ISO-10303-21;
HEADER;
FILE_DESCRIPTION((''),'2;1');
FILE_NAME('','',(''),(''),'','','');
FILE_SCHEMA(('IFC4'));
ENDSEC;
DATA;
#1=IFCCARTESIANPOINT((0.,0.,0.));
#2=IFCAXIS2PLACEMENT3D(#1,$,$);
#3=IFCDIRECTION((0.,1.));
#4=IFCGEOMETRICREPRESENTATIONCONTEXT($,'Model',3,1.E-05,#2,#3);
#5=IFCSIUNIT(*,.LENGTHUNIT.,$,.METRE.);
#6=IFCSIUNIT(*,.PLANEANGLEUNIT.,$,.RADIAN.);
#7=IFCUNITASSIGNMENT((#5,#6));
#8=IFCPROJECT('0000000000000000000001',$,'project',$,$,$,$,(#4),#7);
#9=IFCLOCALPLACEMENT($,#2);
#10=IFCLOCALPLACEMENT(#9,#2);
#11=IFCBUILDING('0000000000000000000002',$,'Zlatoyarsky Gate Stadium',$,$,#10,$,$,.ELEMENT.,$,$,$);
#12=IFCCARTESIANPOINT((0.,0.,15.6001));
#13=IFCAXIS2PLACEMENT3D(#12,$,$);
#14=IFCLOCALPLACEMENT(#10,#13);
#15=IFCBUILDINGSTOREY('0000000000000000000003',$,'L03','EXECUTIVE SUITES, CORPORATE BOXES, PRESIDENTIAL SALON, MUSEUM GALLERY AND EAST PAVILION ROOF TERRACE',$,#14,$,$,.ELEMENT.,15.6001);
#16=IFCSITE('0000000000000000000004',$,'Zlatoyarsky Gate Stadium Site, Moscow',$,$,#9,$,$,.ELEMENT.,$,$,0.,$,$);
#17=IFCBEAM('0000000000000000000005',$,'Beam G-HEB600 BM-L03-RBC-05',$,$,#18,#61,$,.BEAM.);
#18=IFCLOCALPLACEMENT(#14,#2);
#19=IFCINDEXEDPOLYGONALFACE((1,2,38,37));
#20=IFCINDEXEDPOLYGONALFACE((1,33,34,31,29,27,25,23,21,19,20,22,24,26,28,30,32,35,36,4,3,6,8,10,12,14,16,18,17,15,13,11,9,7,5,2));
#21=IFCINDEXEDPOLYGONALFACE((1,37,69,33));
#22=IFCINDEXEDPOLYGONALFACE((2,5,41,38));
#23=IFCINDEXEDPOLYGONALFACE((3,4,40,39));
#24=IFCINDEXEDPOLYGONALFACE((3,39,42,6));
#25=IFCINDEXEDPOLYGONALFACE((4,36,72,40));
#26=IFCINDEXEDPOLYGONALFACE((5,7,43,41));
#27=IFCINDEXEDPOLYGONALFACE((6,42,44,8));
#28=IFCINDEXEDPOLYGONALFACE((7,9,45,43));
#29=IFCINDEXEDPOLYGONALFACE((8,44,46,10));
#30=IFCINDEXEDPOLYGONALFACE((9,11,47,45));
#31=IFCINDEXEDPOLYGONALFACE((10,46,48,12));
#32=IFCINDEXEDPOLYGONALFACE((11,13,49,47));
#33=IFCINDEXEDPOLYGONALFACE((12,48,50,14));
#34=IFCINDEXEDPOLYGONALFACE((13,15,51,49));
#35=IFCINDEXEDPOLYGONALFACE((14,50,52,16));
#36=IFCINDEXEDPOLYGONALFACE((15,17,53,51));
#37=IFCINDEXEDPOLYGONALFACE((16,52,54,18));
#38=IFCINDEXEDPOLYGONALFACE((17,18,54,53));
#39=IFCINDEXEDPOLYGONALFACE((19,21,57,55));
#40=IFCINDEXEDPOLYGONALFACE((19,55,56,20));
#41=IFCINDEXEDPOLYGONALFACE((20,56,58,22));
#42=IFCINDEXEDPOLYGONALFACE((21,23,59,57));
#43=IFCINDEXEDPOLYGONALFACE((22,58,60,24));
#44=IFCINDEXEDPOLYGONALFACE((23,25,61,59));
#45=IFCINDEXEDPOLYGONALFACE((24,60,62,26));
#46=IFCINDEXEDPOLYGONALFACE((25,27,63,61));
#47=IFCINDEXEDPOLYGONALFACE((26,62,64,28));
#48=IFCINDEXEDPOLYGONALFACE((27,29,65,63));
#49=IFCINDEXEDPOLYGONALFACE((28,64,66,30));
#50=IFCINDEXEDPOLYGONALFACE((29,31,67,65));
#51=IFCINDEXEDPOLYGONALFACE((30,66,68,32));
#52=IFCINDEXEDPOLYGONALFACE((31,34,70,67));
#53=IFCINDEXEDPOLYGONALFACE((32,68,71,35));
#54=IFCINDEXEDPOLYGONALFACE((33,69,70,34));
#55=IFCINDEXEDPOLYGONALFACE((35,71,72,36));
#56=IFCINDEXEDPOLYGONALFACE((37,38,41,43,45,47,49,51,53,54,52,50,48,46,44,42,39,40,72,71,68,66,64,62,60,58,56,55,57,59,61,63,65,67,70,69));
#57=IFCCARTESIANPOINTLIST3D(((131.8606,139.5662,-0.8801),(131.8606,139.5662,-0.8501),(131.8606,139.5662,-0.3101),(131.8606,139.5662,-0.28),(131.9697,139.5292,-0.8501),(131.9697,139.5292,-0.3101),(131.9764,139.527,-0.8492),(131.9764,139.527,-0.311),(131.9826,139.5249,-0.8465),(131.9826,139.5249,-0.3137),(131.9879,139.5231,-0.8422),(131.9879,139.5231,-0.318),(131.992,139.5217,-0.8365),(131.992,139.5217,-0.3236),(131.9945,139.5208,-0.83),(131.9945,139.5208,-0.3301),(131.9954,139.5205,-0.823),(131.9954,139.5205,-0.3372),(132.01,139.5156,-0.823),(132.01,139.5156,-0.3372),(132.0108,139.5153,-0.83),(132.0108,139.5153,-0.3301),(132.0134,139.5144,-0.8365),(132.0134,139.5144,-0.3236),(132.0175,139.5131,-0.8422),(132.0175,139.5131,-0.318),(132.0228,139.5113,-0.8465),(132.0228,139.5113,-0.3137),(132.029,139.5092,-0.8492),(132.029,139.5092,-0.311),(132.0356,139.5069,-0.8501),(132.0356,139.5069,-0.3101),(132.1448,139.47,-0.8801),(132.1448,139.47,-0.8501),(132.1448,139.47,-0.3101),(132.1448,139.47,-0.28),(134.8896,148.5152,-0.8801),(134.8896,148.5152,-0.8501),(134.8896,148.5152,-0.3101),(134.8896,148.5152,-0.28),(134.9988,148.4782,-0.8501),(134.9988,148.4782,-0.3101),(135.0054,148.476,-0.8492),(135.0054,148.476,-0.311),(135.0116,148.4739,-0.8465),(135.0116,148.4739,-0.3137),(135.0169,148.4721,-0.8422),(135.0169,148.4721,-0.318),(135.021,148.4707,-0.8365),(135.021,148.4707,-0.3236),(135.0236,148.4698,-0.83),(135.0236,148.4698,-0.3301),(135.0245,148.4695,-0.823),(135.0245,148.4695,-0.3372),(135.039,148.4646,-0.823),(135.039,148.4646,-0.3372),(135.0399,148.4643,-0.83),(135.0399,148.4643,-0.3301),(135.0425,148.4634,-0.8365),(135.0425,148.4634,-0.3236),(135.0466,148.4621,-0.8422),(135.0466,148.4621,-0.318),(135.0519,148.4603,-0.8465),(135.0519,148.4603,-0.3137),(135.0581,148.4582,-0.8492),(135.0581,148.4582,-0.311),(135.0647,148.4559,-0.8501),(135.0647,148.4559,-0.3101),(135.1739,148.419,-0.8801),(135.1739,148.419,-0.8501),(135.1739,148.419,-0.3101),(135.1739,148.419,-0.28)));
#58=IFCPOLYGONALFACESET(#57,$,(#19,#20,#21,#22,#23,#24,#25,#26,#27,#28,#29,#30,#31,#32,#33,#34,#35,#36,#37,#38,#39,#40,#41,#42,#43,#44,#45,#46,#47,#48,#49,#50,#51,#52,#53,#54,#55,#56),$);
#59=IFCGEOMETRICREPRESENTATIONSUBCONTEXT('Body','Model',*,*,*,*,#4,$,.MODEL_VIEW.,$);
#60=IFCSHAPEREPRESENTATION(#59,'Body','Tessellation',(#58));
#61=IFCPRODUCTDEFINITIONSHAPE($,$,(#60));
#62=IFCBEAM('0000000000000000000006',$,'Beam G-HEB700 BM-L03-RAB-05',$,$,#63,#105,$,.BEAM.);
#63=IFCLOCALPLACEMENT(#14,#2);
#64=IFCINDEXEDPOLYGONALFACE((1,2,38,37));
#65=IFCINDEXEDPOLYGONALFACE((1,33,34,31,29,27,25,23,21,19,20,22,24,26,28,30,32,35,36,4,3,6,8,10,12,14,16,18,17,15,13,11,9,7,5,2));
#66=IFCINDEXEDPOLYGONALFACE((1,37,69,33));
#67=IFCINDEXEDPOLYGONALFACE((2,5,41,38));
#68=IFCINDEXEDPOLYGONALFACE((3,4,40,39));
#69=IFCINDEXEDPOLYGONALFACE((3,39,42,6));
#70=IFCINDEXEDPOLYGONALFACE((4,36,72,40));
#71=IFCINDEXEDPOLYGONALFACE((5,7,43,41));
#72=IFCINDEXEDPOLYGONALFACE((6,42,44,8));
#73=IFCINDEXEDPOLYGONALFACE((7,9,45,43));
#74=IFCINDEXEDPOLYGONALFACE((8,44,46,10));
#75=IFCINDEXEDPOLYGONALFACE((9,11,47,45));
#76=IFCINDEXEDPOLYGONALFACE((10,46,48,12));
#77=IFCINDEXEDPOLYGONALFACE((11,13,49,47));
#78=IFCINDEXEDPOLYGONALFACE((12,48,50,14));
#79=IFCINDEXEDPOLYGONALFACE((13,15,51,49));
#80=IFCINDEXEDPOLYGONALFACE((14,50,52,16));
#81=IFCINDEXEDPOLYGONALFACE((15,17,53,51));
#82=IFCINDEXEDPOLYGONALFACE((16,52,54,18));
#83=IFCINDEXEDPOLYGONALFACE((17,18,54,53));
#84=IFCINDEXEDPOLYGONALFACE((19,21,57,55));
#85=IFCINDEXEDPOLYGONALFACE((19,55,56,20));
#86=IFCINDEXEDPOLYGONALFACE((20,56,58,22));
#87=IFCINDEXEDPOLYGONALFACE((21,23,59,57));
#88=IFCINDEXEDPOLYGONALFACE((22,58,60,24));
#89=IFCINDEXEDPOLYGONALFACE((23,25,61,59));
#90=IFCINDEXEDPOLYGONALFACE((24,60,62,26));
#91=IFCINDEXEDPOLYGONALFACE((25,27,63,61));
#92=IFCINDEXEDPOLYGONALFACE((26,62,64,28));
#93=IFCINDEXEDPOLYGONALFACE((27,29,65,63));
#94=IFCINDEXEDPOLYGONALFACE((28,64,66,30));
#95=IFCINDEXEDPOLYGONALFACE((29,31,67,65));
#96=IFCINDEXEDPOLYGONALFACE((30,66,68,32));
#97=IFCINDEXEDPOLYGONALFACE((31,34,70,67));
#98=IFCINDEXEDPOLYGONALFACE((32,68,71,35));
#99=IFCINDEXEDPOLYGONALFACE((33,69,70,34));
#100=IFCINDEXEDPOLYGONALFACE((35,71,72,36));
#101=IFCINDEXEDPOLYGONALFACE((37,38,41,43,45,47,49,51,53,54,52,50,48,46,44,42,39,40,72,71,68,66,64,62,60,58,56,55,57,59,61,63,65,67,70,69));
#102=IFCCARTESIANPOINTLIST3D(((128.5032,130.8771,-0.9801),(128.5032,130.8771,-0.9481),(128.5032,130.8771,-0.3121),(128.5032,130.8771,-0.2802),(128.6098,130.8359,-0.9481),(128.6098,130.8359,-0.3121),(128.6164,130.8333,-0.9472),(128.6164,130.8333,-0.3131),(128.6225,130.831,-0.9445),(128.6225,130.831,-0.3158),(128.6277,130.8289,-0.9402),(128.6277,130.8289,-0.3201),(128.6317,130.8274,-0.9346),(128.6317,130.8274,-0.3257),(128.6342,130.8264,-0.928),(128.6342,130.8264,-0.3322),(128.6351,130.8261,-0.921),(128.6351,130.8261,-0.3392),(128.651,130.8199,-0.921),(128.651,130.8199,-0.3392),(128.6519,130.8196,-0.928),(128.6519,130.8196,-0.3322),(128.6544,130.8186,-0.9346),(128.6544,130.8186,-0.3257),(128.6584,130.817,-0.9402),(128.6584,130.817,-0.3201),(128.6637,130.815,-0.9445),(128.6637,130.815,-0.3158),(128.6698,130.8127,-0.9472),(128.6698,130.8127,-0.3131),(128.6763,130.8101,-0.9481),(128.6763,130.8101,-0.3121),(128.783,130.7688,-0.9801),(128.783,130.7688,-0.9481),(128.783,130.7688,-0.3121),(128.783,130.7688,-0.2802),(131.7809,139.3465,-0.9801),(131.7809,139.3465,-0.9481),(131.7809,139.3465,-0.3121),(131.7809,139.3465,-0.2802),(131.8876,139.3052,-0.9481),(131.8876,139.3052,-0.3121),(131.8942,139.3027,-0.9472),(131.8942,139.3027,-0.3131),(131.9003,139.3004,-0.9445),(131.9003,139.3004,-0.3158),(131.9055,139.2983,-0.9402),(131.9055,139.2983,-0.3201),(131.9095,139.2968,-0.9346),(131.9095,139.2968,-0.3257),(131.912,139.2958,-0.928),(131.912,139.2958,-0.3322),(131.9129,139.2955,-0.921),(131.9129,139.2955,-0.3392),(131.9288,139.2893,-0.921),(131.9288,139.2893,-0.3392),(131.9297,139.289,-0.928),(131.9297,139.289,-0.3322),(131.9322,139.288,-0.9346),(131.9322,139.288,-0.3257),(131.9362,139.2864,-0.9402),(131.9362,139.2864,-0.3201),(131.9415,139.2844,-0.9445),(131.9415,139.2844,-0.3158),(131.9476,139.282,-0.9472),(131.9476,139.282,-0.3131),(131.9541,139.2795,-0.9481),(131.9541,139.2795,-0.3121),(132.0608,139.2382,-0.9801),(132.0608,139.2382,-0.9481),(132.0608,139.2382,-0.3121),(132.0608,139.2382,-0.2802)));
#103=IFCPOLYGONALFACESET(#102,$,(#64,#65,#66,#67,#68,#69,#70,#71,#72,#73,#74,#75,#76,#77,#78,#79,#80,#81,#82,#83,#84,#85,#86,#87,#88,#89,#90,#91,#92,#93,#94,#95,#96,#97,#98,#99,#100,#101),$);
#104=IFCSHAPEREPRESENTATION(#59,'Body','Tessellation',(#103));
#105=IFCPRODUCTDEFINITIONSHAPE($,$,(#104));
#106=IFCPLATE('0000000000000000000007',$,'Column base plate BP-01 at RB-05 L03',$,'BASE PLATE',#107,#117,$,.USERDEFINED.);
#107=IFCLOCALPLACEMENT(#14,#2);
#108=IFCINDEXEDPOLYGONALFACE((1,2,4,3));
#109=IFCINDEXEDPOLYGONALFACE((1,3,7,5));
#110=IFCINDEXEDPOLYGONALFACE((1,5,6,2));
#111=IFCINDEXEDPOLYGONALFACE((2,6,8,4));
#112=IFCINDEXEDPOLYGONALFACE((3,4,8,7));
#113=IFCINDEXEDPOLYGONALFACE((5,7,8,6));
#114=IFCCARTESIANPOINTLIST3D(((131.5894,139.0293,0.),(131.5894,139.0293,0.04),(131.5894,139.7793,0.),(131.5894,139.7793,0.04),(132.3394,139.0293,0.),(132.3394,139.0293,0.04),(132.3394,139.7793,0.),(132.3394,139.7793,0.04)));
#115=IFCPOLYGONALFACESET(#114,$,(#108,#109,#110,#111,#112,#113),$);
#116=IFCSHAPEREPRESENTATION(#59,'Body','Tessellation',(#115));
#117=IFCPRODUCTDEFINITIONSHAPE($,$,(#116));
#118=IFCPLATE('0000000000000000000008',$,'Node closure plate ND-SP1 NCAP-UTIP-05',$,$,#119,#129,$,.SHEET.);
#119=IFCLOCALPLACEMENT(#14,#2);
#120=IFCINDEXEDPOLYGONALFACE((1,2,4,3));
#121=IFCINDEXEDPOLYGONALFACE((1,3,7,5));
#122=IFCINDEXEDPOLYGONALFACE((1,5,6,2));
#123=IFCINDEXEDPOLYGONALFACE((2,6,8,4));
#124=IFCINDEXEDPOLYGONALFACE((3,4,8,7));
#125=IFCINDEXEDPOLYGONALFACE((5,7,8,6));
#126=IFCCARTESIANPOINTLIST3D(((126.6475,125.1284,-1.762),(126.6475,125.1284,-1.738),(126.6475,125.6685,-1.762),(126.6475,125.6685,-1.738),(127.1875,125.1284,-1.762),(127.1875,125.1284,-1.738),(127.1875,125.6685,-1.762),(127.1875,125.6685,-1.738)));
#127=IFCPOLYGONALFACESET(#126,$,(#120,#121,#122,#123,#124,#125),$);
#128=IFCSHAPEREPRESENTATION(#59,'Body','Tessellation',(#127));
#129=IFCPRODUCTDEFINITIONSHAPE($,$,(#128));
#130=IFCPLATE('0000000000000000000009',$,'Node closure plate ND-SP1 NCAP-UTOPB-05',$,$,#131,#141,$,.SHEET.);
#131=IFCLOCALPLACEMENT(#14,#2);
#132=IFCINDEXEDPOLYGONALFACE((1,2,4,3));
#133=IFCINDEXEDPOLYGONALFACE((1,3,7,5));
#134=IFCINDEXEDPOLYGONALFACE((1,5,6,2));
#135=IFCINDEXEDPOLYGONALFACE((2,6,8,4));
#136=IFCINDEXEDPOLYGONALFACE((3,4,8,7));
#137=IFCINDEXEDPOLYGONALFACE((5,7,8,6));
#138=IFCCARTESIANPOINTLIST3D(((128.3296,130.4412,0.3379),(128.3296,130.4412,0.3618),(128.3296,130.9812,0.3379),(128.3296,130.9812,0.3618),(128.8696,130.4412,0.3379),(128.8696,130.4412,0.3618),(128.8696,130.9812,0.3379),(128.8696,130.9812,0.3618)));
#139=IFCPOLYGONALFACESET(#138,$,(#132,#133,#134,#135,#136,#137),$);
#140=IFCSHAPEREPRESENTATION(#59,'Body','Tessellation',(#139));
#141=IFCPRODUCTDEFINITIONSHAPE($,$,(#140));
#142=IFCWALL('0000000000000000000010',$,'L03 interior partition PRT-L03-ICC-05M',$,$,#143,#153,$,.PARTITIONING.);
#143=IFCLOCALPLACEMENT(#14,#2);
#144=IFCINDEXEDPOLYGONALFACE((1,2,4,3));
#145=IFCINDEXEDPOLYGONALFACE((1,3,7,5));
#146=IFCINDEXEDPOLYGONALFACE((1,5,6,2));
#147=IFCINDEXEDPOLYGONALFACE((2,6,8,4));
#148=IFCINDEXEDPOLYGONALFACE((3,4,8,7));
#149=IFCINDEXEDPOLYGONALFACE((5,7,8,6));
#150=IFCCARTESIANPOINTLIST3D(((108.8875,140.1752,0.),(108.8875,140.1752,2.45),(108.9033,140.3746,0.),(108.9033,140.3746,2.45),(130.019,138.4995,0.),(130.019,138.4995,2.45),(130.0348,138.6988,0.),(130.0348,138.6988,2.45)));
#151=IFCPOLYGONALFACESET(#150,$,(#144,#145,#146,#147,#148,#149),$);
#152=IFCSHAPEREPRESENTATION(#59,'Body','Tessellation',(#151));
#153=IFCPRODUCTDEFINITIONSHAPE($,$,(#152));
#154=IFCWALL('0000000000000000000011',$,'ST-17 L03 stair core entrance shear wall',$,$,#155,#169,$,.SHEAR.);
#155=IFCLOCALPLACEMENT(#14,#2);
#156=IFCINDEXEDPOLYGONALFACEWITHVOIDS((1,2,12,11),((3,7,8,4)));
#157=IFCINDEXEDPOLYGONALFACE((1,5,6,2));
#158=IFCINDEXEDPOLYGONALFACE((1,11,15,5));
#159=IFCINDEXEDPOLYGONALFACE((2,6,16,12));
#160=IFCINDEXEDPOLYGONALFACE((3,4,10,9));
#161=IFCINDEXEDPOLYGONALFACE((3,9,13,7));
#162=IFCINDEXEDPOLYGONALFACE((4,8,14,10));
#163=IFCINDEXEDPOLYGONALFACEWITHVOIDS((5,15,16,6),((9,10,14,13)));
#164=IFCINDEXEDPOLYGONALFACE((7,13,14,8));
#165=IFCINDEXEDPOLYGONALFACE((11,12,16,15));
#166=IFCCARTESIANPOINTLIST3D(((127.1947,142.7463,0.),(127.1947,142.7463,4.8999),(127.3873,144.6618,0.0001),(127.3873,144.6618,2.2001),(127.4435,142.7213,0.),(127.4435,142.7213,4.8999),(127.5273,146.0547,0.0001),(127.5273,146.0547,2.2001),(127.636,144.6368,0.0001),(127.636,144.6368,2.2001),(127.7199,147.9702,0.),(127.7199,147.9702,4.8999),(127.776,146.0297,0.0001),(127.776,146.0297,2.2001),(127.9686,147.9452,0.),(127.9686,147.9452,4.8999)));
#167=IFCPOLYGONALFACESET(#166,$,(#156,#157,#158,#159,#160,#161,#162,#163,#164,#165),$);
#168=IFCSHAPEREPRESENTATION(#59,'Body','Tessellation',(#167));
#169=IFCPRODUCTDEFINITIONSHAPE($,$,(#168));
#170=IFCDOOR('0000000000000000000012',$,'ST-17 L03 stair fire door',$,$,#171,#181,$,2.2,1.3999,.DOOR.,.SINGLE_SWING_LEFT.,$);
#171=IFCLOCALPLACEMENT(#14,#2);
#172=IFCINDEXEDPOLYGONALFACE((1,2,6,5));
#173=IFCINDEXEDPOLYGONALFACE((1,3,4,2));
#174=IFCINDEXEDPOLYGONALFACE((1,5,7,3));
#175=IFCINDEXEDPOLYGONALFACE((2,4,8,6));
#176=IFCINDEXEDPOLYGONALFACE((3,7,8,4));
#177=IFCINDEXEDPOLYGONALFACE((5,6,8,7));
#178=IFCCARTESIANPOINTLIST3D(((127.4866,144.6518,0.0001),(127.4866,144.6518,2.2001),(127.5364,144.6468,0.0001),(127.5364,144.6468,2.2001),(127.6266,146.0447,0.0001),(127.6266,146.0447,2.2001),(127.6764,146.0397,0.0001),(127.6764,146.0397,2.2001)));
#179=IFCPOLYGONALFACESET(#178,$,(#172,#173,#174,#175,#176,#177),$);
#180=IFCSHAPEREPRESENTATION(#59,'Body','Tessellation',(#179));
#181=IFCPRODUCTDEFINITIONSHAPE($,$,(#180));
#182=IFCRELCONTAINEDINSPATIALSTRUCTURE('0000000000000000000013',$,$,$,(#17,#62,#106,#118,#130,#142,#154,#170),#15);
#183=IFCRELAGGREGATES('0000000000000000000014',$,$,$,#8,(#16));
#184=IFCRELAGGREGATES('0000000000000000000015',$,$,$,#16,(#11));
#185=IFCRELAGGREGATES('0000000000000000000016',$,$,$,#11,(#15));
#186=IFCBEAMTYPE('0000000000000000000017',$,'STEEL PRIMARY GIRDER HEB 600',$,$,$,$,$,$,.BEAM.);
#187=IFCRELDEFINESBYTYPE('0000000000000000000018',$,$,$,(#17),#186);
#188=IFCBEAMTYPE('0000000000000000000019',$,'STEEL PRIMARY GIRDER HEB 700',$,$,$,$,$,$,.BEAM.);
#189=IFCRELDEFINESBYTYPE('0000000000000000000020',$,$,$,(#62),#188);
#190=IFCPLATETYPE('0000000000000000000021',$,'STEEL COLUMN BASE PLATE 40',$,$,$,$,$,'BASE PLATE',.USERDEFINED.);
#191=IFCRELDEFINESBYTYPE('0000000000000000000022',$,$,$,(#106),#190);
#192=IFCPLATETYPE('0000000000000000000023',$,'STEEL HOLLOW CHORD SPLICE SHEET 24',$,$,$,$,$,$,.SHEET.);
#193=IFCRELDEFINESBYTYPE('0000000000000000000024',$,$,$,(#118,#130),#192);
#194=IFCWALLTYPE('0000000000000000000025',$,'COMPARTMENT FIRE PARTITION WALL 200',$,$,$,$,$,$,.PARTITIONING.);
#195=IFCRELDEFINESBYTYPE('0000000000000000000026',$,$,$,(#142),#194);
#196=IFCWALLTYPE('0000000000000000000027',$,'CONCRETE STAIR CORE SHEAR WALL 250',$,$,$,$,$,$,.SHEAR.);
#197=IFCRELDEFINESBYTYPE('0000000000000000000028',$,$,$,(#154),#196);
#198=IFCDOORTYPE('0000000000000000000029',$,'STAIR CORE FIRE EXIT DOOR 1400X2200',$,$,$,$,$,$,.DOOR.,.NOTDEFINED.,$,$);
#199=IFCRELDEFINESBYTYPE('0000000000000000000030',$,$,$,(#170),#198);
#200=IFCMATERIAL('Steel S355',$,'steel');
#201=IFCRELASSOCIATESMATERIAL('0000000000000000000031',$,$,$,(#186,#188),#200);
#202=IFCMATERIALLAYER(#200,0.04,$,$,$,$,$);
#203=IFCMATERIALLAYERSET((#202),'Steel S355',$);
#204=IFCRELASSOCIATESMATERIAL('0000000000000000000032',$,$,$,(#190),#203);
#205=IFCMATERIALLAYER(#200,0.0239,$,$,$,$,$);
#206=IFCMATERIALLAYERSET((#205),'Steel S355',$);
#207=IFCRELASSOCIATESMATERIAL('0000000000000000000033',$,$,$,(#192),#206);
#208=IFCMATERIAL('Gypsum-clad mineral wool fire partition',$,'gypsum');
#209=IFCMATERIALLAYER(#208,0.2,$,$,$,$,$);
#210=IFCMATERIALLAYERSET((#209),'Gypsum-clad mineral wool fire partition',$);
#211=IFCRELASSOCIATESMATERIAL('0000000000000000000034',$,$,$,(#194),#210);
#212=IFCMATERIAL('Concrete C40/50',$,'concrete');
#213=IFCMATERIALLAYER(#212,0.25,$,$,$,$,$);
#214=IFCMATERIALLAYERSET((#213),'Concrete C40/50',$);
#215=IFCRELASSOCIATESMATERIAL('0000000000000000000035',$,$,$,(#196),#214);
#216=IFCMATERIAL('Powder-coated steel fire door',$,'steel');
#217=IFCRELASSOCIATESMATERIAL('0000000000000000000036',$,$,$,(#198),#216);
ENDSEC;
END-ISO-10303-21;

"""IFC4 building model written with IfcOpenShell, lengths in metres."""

from ifc_helpers import new_model, si_unit, direction, frame, frame_2d, origin, origin_2d, place, context, subcontext, project, spatial, rectangle, i_section, extrude, material, layer, layer_set, material_profile, profile_set, type_object, element, fill, save


model = new_model("IFC4")

# Units and contexts
model_context = context("Model", 3, precision=1e-05, world=origin(), true_north=direction((0.0, 1.0)))
body_context = subcontext(model_context, "Body", "Model", "MODEL_VIEW")
ifc_project = project(units=[si_unit("LENGTHUNIT", "METRE"), si_unit("PLANEANGLEUNIT", "RADIAN")], contexts=[model_context])

# Site, building, storey
site_placement = place(None, origin())
site = spatial("IfcSite", under=ifc_project, at=site_placement, Name="Zlatoyarsky Gate Stadium Site, Moscow", CompositionType="ELEMENT", RefElevation=0.0)
building_placement = place(site_placement, origin())
building = spatial("IfcBuilding", under=site, at=building_placement, Name="Zlatoyarsky Gate Stadium", CompositionType="ELEMENT")
storey_placement = place(building_placement, frame((0.0, 0.0, 15.6001)))
storey = spatial("IfcBuildingStorey", under=building, at=storey_placement, Name="L03", Description="EXECUTIVE SUITES, CORPORATE BOXES, PRESIDENTIAL SALON, MUSEUM GALLERY AND EAST PAVILION ROOF TERRACE", CompositionType="ELEMENT", Elevation=15.6001)

# Shared definitions
ifc_material_1 = material(Name="Steel S355", Category="steel")

# Beams
ifc_material_profile_1 = material_profile(ifc_material_1, i_section(OverallWidth=0.3, OverallDepth=0.6001, WebThickness=0.0154, FlangeThickness=0.03, FilletRadius=0.0271, at=origin_2d()), Name="HEB 600")
ifc_profile_set_1 = profile_set([ifc_material_profile_1], Name="Steel S355")
beam_type_1 = type_object("IfcBeamType", Name="STEEL PRIMARY GIRDER HEB 600", PredefinedType="BEAM", material=ifc_profile_set_1)
beam_1_placement = place(storey_placement, frame((132.0027, 139.5181, -0.5801), z_axis=(0.320612, 0.947211, 0.0), x_axis=(-0.947211, 0.320612, 0.0)))
element("IfcBeam", 1, at=beam_1_placement, inside=storey, type_object=beam_type_1, Name="Beam G-HEB600 BM-L03-RBC-05", PredefinedType="BEAM", context=body_context, shape_type="SweptSolid", body=[
    extrude(i_section(OverallWidth=0.3, OverallDepth=0.6001, WebThickness=0.0154, FlangeThickness=0.03, FilletRadius=0.0271, at=origin_2d()), origin(), (0.0, 0.0, 1.0), 9.4478),
])
ifc_material_profile_2 = material_profile(ifc_material_1, i_section(OverallWidth=0.3, OverallDepth=0.7, WebThickness=0.0171, FlangeThickness=0.032, FilletRadius=0.0271, at=origin_2d()), Name="HEB 700")
ifc_profile_set_2 = profile_set([ifc_material_profile_2], Name="Steel S355")
beam_type_2 = type_object("IfcBeamType", Name="STEEL PRIMARY GIRDER HEB 700", PredefinedType="BEAM", material=ifc_profile_set_2)
beam_2_placement = place(storey_placement, frame((128.6431, 130.823, -0.6301), z_axis=(0.360929, 0.932593, 0.0), x_axis=(-0.932593, 0.360929, 0.0)))
element("IfcBeam", 2, at=beam_2_placement, inside=storey, type_object=beam_type_2, Name="Beam G-HEB700 BM-L03-RAB-05", PredefinedType="BEAM", context=body_context, shape_type="SweptSolid", body=[
    extrude(i_section(OverallWidth=0.3, OverallDepth=0.7, WebThickness=0.0171, FlangeThickness=0.032, FilletRadius=0.0271, at=origin_2d()), origin(), (0.0, 0.0, 1.0), 9.0815),
])

# Plates
ifc_layer_1 = layer(ifc_material_1, 0.04)
ifc_layer_set_1 = layer_set([ifc_layer_1], Name="Steel S355")
plate_type_1 = type_object("IfcPlateType", Name="STEEL COLUMN BASE PLATE 40", ElementType="BASE PLATE", PredefinedType="USERDEFINED", material=ifc_layer_set_1)
plate_placement = place(storey_placement, frame((131.9644, 139.4043, 0.0), z_axis=(0.0, 0.0, 1.0), x_axis=(1.0, 0.0, 0.0)))
element("IfcPlate", 3, at=plate_placement, inside=storey, type_object=plate_type_1, Name="Column base plate BP-01 at RB-05 L03", ObjectType="BASE PLATE", PredefinedType="USERDEFINED", context=body_context, shape_type="SweptSolid", body=[
    extrude(rectangle(XDim=0.75, YDim=0.75, at=origin_2d()), origin(), (0.0, 0.0, 1.0), 0.04),
])
ifc_layer_2 = layer(ifc_material_1, 0.0239)
ifc_layer_set_2 = layer_set([ifc_layer_2], Name="Steel S355")
plate_type_2 = type_object("IfcPlateType", Name="STEEL HOLLOW CHORD SPLICE SHEET 24", PredefinedType="SHEET", material=ifc_layer_set_2)
for number, where, z_axis, x_axis, name in (
    (4, (126.9175, 125.3984, -1.762), (0.0, 0.0, 1.0), (1.0, 0.0, 0.0), "Node closure plate ND-SP1 NCAP-UTIP-05"),
    (5, (128.5996, 130.7112, 0.3379), (0.0, 0.0, 1.0), (1.0, 0.0, 0.0), "Node closure plate ND-SP1 NCAP-UTOPB-05"),
):
    element("IfcPlate", number, at=place(storey_placement, frame(where, z_axis=z_axis, x_axis=x_axis)), inside=storey, type_object=plate_type_2, Name=name, PredefinedType="SHEET", context=body_context, shape_type="SweptSolid", body=[
        extrude(rectangle(XDim=0.54, YDim=0.54, at=origin_2d()), origin(), (0.0, 0.0, 1.0), 0.0239),
    ])

# Wall
ifc_material_2 = material(Name="Gypsum-clad mineral wool fire partition", Category="gypsum")
ifc_layer_3 = layer(ifc_material_2, 0.2)
ifc_layer_set_3 = layer_set([ifc_layer_3], Name="Gypsum-clad mineral wool fire partition")
wall_type_1 = type_object("IfcWallType", Name="COMPARTMENT FIRE PARTITION WALL 200", PredefinedType="PARTITIONING", material=ifc_layer_set_3)
wall_1_placement = place(storey_placement, frame((130.0269, 138.5991, 0.0), z_axis=(0.0, 0.0, 1.0), x_axis=(-0.99687, 0.079055, 0.0)))
element("IfcWall", 6, at=wall_1_placement, inside=storey, type_object=wall_type_1, Name="L03 interior partition PRT-L03-ICC-05M", PredefinedType="PARTITIONING", context=body_context, shape_type="SweptSolid", body=[
    extrude(rectangle(XDim=21.1978, YDim=0.2, at=frame_2d((10.5989, 0.0))), origin(), (0.0, 0.0, 1.0), 2.45),
])

# Wall, opening, door
ifc_material_3 = material(Name="Concrete C40/50", Category="concrete")
ifc_layer_4 = layer(ifc_material_3, 0.25)
ifc_layer_set_4 = layer_set([ifc_layer_4], Name="Concrete C40/50")
wall_type_2 = type_object("IfcWallType", Name="CONCRETE STAIR CORE SHEAR WALL 250", PredefinedType="SHEAR", material=ifc_layer_set_4)
wall_2_placement = place(storey_placement, frame((127.3191, 142.7339, 0.0), z_axis=(0.0, 0.0, 1.0), x_axis=(0.100024, 0.994985, 0.0)))
wall_2 = element("IfcWall", 7, at=wall_2_placement, inside=storey, type_object=wall_type_2, Name="ST-17 L03 stair core entrance shear wall", PredefinedType="SHEAR", context=body_context, shape_type="SweptSolid", body=[
    extrude(rectangle(XDim=5.2502, YDim=0.25, at=frame_2d((2.625, 0.0))), origin(), (0.0, 0.0, 1.0), 4.8999),
])
opening_placement = place(wall_2_placement, frame((1.925, 0.0, 0.0)))
opening = element("IfcOpeningElement", 8, at=opening_placement, cuts=wall_2, PredefinedType="OPENING", context=body_context, shape_type="SweptSolid", body=[
    extrude(rectangle(XDim=1.3999, YDim=2.2, at=frame_2d((0.7, 1.1001))), frame((0.0, 0.135, 0.0), z_axis=(0.0, -1.0, 0.0), x_axis=(1.0, 0.0, 0.0)), (0.0, 0.0, 1.0), 0.27),
])
ifc_material_4 = material(Name="Powder-coated steel fire door", Category="steel")
door_type = type_object("IfcDoorType", Name="STAIR CORE FIRE EXIT DOOR 1400X2200", OperationType="NOTDEFINED", PredefinedType="DOOR", material=ifc_material_4)
door_placement = place(opening_placement, frame((1.3999, 0.0, 0.0), z_axis=(0.0, 0.0, 1.0), x_axis=(-1.0, 0.0, 0.0)))
door = element("IfcDoor", 9, at=door_placement, inside=storey, type_object=door_type, Name="ST-17 L03 stair fire door", OperationType="SINGLE_SWING_LEFT", OverallHeight=2.2, OverallWidth=1.3999, PredefinedType="DOOR", context=body_context, shape_type="SweptSolid", body=[
    extrude(rectangle(XDim=1.3999, YDim=2.2, at=frame_2d((0.7, 1.1001))), frame((0.0, 0.0249, 0.0), z_axis=(0.0, -1.0, 0.0), x_axis=(1.0, 0.0, 0.0)), (0.0, 0.0, 1.0), 0.05),
])
fill(opening, door)

save(model, "model.ifc")
